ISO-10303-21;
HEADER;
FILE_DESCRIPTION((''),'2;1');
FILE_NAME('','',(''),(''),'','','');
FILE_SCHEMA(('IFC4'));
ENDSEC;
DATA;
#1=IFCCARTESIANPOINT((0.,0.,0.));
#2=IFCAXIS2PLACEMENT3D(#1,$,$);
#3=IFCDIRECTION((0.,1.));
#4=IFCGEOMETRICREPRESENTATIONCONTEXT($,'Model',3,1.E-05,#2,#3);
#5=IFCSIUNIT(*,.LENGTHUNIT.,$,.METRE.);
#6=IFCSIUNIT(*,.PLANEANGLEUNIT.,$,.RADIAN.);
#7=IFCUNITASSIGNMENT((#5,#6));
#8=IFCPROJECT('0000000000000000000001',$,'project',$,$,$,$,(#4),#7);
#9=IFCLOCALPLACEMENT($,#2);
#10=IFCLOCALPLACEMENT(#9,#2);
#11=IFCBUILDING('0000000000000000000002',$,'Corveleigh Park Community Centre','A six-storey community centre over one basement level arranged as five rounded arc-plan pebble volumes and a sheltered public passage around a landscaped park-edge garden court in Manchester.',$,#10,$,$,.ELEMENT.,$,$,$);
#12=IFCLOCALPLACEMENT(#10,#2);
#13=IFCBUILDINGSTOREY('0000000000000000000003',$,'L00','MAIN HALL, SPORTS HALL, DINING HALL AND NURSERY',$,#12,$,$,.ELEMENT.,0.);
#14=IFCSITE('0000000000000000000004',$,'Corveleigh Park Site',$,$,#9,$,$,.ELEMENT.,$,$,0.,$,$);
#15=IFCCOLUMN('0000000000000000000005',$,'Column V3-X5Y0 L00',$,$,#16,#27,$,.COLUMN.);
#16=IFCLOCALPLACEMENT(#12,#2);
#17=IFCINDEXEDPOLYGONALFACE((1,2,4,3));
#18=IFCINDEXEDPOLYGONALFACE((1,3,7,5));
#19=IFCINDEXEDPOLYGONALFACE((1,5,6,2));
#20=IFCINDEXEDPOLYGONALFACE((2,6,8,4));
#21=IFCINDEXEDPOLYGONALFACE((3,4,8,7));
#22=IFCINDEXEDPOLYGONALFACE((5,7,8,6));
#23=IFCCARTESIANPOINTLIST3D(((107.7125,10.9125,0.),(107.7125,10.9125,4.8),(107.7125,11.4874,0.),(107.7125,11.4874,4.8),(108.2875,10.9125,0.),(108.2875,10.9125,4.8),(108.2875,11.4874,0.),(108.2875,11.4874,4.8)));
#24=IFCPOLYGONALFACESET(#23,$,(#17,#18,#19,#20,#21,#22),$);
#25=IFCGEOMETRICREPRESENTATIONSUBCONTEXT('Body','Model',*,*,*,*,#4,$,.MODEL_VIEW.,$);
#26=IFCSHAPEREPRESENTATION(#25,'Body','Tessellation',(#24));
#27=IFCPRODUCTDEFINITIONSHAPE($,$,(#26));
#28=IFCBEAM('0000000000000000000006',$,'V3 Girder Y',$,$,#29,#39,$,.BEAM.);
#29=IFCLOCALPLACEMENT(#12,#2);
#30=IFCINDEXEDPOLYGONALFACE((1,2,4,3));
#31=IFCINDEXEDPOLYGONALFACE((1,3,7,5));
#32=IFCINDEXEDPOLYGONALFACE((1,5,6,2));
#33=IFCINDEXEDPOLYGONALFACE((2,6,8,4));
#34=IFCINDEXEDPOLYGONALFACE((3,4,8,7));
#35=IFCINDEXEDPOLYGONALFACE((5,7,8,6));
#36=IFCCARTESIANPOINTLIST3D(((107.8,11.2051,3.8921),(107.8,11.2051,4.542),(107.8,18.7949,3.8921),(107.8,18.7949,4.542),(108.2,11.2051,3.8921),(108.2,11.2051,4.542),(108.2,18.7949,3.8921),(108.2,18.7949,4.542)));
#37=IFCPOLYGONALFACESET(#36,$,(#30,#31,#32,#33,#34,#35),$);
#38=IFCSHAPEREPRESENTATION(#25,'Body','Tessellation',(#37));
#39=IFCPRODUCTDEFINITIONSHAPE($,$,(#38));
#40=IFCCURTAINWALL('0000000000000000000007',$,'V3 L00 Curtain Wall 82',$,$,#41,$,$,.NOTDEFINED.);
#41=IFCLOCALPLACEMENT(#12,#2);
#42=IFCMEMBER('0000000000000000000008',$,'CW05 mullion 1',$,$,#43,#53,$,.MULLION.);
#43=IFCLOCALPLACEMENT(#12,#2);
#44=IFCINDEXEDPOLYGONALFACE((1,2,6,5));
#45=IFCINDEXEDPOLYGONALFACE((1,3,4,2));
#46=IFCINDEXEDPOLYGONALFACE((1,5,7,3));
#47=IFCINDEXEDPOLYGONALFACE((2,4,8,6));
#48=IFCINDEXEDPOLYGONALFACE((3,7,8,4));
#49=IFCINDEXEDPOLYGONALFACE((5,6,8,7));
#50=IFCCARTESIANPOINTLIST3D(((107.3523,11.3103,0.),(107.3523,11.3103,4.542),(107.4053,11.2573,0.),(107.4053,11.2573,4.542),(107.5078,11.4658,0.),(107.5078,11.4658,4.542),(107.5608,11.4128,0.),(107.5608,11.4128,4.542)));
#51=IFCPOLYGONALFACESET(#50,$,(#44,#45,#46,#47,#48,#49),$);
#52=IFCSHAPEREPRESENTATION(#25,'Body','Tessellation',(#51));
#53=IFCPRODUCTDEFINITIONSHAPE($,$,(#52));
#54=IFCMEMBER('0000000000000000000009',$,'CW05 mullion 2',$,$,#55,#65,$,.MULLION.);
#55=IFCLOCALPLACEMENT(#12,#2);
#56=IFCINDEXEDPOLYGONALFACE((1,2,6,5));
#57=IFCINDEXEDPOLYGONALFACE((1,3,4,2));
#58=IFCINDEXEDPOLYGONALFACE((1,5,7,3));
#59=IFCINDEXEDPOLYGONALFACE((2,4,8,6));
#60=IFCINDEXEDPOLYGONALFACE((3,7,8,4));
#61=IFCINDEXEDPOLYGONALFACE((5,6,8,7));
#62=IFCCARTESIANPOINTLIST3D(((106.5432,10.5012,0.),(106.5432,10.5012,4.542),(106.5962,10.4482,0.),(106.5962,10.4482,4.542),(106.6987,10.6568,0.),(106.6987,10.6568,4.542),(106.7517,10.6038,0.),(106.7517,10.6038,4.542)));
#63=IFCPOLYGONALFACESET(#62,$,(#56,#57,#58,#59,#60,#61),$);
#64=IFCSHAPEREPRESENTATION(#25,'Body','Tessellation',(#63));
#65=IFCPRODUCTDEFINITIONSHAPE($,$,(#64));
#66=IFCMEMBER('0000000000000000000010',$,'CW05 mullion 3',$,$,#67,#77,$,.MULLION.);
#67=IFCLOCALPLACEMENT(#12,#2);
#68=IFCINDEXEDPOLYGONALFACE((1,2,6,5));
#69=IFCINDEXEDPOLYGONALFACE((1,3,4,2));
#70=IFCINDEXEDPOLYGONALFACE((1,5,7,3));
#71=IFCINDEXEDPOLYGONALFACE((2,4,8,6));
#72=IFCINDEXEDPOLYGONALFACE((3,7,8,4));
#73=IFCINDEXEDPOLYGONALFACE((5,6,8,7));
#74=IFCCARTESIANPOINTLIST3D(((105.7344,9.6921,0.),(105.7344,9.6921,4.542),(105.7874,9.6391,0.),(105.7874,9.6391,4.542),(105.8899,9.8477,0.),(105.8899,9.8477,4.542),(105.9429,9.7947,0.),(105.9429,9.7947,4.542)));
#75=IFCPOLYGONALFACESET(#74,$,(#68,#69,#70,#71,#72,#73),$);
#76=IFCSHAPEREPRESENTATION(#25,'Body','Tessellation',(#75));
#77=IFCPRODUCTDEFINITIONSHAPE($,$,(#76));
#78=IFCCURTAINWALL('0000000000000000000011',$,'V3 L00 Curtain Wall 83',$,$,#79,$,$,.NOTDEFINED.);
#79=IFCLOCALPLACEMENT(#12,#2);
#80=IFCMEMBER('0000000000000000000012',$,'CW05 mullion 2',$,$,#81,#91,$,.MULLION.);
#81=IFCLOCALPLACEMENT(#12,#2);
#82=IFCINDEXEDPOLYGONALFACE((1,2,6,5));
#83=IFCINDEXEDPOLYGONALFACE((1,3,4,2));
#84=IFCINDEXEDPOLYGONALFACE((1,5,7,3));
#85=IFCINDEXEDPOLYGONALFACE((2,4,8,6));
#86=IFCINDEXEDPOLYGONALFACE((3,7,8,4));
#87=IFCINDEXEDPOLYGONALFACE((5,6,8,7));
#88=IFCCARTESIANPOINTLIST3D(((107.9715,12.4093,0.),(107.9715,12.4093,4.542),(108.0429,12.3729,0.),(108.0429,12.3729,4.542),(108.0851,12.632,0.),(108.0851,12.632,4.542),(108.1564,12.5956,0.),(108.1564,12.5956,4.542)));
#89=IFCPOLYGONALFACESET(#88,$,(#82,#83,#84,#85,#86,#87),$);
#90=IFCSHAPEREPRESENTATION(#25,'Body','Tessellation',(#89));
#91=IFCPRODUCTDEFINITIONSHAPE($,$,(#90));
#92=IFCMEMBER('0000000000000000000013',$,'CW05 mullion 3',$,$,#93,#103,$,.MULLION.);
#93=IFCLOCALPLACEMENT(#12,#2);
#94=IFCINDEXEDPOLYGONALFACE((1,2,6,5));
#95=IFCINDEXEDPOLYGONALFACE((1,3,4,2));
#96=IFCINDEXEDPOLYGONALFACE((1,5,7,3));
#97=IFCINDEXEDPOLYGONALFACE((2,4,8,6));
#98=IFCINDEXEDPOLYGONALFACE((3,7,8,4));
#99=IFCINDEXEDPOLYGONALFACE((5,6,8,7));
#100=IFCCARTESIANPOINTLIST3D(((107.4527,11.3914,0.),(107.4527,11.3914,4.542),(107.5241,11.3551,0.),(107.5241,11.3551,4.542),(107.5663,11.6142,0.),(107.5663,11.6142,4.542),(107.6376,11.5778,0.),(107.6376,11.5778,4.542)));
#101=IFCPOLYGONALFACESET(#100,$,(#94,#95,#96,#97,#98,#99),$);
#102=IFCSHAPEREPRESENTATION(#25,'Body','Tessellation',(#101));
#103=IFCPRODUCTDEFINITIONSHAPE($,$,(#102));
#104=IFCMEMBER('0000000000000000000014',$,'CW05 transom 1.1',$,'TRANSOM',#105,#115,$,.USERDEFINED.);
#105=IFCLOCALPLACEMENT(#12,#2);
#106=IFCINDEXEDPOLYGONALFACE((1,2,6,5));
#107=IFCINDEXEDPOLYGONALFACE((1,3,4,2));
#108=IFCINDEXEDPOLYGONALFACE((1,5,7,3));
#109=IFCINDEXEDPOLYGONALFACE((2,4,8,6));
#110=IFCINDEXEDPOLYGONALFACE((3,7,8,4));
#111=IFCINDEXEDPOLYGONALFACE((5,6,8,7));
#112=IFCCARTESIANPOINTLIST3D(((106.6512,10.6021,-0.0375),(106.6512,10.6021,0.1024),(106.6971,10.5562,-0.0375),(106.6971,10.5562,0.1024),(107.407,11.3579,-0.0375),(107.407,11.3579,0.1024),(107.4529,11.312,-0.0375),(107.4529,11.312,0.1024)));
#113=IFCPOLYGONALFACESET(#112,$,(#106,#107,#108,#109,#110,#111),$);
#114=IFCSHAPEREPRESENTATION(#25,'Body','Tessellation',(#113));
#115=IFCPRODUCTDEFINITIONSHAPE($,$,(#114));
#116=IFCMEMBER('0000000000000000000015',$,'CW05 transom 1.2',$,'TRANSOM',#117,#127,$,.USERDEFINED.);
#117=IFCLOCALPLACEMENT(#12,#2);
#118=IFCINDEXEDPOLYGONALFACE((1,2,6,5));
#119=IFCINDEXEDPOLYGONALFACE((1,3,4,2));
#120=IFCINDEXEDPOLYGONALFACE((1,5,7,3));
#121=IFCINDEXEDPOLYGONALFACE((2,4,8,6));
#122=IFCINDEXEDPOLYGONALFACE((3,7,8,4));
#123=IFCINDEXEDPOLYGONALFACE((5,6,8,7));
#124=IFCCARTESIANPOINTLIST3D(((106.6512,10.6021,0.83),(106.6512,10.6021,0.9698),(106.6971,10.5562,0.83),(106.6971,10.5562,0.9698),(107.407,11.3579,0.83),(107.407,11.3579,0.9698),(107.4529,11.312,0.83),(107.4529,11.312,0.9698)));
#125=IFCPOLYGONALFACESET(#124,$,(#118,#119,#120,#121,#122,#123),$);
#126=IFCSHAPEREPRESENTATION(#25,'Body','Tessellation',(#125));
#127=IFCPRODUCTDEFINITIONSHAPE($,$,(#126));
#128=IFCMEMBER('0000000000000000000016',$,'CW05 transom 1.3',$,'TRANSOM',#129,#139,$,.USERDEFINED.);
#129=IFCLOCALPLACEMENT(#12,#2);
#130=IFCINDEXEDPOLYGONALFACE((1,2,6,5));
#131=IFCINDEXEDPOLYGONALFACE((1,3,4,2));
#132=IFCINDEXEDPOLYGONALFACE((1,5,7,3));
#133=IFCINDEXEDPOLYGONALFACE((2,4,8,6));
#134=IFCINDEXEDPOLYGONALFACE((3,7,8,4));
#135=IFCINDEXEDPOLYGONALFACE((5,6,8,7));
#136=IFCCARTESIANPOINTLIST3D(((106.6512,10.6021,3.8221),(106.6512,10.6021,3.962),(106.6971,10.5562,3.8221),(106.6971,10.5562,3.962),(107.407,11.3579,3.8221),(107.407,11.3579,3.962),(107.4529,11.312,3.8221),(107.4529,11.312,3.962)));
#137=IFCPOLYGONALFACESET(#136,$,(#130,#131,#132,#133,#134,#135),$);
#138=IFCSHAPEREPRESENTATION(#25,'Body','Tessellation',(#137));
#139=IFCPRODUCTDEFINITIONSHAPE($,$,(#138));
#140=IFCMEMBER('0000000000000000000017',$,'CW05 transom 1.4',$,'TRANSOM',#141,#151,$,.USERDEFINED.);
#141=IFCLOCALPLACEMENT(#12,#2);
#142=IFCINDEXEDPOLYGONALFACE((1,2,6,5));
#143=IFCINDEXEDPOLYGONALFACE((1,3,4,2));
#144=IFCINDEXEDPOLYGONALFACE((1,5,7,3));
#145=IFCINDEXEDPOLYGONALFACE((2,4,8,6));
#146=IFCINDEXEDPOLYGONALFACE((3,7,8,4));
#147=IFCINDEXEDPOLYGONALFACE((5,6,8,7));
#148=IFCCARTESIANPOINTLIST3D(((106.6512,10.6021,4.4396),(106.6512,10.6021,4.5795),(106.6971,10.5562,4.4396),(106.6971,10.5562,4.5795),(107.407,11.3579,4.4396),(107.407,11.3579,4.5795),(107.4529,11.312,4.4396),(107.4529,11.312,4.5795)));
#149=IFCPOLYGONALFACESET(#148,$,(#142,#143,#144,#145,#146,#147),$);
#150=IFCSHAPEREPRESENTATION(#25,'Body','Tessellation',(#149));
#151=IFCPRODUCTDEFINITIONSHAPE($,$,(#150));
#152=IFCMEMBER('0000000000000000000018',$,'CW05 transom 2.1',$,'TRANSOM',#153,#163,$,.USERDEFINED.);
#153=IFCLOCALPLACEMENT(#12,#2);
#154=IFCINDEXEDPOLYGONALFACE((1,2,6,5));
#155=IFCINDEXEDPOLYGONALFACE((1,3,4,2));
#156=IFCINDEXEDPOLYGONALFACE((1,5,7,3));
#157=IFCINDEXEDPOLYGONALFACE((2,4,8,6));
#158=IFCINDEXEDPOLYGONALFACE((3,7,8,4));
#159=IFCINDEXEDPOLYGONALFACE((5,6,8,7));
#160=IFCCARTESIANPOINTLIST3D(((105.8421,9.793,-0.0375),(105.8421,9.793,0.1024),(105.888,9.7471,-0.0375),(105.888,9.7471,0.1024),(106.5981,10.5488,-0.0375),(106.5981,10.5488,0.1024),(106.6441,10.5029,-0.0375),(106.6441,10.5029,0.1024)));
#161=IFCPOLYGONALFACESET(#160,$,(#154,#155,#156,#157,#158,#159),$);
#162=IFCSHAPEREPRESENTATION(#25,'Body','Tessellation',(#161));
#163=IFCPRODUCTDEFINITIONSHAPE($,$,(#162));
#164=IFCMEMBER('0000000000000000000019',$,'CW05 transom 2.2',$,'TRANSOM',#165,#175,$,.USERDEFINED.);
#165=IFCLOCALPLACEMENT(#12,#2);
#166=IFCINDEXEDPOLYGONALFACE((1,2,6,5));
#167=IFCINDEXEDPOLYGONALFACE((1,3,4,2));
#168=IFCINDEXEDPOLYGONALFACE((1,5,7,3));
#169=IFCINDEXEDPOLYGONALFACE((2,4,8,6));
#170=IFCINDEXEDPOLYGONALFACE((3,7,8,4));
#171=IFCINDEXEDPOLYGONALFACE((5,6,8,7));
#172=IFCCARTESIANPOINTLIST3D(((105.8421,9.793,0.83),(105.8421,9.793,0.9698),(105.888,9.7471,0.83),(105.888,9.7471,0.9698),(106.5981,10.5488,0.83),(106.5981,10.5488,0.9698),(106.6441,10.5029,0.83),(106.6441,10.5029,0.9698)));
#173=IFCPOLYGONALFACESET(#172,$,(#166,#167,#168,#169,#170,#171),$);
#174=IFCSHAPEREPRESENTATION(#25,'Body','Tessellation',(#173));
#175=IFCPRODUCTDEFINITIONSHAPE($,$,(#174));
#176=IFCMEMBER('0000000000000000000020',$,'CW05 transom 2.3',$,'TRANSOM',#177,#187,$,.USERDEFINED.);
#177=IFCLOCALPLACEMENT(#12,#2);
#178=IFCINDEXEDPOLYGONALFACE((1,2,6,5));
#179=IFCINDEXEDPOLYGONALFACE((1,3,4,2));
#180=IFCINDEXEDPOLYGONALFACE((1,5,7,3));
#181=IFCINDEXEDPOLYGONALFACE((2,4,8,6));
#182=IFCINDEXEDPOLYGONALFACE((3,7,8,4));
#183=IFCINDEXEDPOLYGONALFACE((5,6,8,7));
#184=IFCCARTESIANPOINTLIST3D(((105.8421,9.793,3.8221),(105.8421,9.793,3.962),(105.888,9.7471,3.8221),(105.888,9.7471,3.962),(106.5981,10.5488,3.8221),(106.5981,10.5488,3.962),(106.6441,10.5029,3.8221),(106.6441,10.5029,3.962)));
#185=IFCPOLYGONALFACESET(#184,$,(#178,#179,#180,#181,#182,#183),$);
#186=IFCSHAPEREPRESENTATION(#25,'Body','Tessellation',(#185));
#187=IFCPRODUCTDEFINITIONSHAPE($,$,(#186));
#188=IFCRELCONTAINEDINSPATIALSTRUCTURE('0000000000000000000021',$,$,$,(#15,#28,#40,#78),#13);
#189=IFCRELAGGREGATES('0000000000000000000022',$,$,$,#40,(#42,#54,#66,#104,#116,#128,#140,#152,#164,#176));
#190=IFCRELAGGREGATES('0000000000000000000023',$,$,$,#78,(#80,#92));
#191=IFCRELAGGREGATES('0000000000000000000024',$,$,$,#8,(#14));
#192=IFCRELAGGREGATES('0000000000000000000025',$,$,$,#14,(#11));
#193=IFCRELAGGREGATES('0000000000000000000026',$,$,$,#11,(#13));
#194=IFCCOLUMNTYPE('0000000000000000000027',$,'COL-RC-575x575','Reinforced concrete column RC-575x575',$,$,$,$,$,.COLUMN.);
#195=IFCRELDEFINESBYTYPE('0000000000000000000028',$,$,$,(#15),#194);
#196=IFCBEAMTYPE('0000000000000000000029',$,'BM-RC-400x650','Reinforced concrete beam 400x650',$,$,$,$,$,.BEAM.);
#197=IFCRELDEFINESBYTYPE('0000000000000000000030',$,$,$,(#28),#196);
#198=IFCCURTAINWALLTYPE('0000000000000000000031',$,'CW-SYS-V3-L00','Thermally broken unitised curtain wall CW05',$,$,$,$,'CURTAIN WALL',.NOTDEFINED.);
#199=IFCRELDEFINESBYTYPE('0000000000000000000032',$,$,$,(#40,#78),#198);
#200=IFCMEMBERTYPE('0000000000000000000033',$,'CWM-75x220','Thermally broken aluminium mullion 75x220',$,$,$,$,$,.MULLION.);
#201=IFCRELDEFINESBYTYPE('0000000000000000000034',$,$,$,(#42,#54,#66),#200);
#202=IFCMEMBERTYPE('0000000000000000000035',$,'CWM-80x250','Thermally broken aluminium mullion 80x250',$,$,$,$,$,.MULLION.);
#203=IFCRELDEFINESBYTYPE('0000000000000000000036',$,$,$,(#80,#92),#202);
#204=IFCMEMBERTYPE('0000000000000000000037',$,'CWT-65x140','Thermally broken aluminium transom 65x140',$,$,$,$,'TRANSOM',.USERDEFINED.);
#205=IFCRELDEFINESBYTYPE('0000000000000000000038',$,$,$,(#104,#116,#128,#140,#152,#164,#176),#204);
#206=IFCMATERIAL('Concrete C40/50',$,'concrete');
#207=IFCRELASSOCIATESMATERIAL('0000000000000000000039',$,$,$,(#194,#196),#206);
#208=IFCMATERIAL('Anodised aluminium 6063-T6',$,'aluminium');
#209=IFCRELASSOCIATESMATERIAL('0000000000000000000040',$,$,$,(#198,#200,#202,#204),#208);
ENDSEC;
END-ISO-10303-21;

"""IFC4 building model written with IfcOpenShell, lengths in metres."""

from ifc_helpers import new_model, si_unit, direction, frame, origin, origin_2d, place, context, subcontext, project, spatial, rectangle, extrude, material, material_profile, profile_set, type_object, element, aggregate, save


model = new_model("IFC4")

# Units and contexts
model_context = context("Model", 3, precision=1e-05, world=origin(), true_north=direction((0.0, 1.0)))
body_context = subcontext(model_context, "Body", "Model", "MODEL_VIEW")
ifc_project = project(units=[si_unit("LENGTHUNIT", "METRE"), si_unit("PLANEANGLEUNIT", "RADIAN")], contexts=[model_context])

# Site, building, storey
site_placement = place(None, origin())
site = spatial("IfcSite", under=ifc_project, at=site_placement, Name="Corveleigh Park Site", CompositionType="ELEMENT", RefElevation=0.0)
building_placement = place(site_placement, origin())
building = spatial("IfcBuilding", under=site, at=building_placement, Name="Corveleigh Park Community Centre", Description="A six-storey community centre over one basement level arranged as five rounded arc-plan pebble volumes and a sheltered public passage around a landscaped park-edge garden court in Manchester.", CompositionType="ELEMENT")
storey_placement = place(building_placement, origin())
storey = spatial("IfcBuildingStorey", under=building, at=storey_placement, Name="L00", Description="MAIN HALL, SPORTS HALL, DINING HALL AND NURSERY", CompositionType="ELEMENT", Elevation=0.0)

# Column
ifc_material_1 = material(Name="Concrete C40/50", Category="concrete")
ifc_material_profile_1 = material_profile(ifc_material_1, rectangle(XDim=0.575, YDim=0.575, at=origin_2d()), Name="RC-575x575", Category="concrete")
ifc_profile_set_1 = profile_set([ifc_material_profile_1], Name="Concrete C40/50")
column_type = type_object("IfcColumnType", Name="COL-RC-575x575", Description="Reinforced concrete column RC-575x575", PredefinedType="COLUMN", material=ifc_profile_set_1)
column_placement = place(storey_placement, frame((108.0, 11.2, 0.0), z_axis=(0.0, 0.0, 1.0), x_axis=(1.0, 0.0, 0.0)))
element("IfcColumn", 1, at=column_placement, inside=storey, type_object=column_type, Name="Column V3-X5Y0 L00", PredefinedType="COLUMN", context=body_context, shape_type="SweptSolid", body=[
    extrude(rectangle(XDim=0.575, YDim=0.575, at=origin_2d()), origin(), (0.0, 0.0, 1.0), 4.8),
])

# Beam
ifc_material_profile_2 = material_profile(ifc_material_1, rectangle(XDim=0.3999, YDim=0.6499, at=origin_2d()), Name="RC-400x650", Category="concrete")
ifc_profile_set_2 = profile_set([ifc_material_profile_2], Name="Concrete C40/50")
beam_type = type_object("IfcBeamType", Name="BM-RC-400x650", Description="Reinforced concrete beam 400x650", PredefinedType="BEAM", material=ifc_profile_set_2)
beam_placement = place(storey_placement, frame((108.0, 11.2051, 4.217), z_axis=(0.0, 1.0, 0.0), x_axis=(-1.0, 0.0, 0.0)))
element("IfcBeam", 2, at=beam_placement, inside=storey, type_object=beam_type, Name="V3 Girder Y", PredefinedType="BEAM", context=body_context, shape_type="SweptSolid", body=[
    extrude(rectangle(XDim=0.3999, YDim=0.6499, at=origin_2d()), origin(), (0.0, 0.0, 1.0), 7.5898),
])

# Curtain walls, members
ifc_material_2 = material(Name="Anodised aluminium 6063-T6", Category="aluminium")
curtain_wall_type = type_object("IfcCurtainWallType", Name="CW-SYS-V3-L00", Description="Thermally broken unitised curtain wall CW05", ElementType="CURTAIN WALL", PredefinedType="NOTDEFINED", material=ifc_material_2)
curtain_wall_1_placement = place(storey_placement, origin())
curtain_wall_1 = element("IfcCurtainWall", 3, at=curtain_wall_1_placement, inside=storey, type_object=curtain_wall_type, Name="V3 L00 Curtain Wall 82", PredefinedType="NOTDEFINED")
ifc_material_profile_3 = material_profile(ifc_material_2, rectangle(XDim=0.075, YDim=0.22, at=origin_2d()), Name="ALU-M75x220", Category="aluminium")
ifc_profile_set_3 = profile_set([ifc_material_profile_3], Name="Anodised aluminium 6063-T6")
member_type_1 = type_object("IfcMemberType", Name="CWM-75x220", Description="Thermally broken aluminium mullion 75x220", PredefinedType="MULLION", material=ifc_profile_set_3)
member_1_placement = place(storey_placement, frame((107.4565, 11.3616, 0.0), z_axis=(0.0, 0.0, 1.0), x_axis=(0.707107, -0.707107, 0.0)))
member_1 = element("IfcMember", 4, at=member_1_placement, type_object=member_type_1, Name="CW05 mullion 1", PredefinedType="MULLION", context=body_context, shape_type="SweptSolid", body=[
    extrude(rectangle(XDim=0.075, YDim=0.22, at=origin_2d()), origin(), (0.0, 0.0, 1.0), 4.542),
])
member_2_placement = place(storey_placement, frame((106.6475, 10.5525, 0.0), z_axis=(0.0, 0.0, 1.0), x_axis=(0.707107, -0.707107, 0.0)))
member_2 = element("IfcMember", 5, at=member_2_placement, type_object=member_type_1, Name="CW05 mullion 2", PredefinedType="MULLION", context=body_context, shape_type="SweptSolid", body=[
    extrude(rectangle(XDim=0.075, YDim=0.22, at=origin_2d()), origin(), (0.0, 0.0, 1.0), 4.542),
])
member_3_placement = place(storey_placement, frame((105.8386, 9.7434, 0.0), z_axis=(0.0, 0.0, 1.0), x_axis=(0.707107, -0.707107, 0.0)))
member_3 = element("IfcMember", 6, at=member_3_placement, type_object=member_type_1, Name="CW05 mullion 3", PredefinedType="MULLION", context=body_context, shape_type="SweptSolid", body=[
    extrude(rectangle(XDim=0.075, YDim=0.22, at=origin_2d()), origin(), (0.0, 0.0, 1.0), 4.542),
])
curtain_wall_2_placement = place(storey_placement, origin())
curtain_wall_2 = element("IfcCurtainWall", 7, at=curtain_wall_2_placement, inside=storey, type_object=curtain_wall_type, Name="V3 L00 Curtain Wall 83", PredefinedType="NOTDEFINED")
ifc_material_profile_4 = material_profile(ifc_material_2, rectangle(XDim=0.0801, YDim=0.25, at=origin_2d()), Name="ALU-M80x250", Category="aluminium")
ifc_profile_set_4 = profile_set([ifc_material_profile_4], Name="Anodised aluminium 6063-T6")
member_type_2 = type_object("IfcMemberType", Name="CWM-80x250", Description="Thermally broken aluminium mullion 80x250", PredefinedType="MULLION", material=ifc_profile_set_4)
member_4_placement = place(storey_placement, frame((108.064, 12.5024, 0.0), z_axis=(0.0, 0.0, 1.0), x_axis=(0.890933, -0.454135, 0.0)))
member_4 = element("IfcMember", 8, at=member_4_placement, type_object=member_type_2, Name="CW05 mullion 2", PredefinedType="MULLION", context=body_context, shape_type="SweptSolid", body=[
    extrude(rectangle(XDim=0.0801, YDim=0.25, at=origin_2d()), origin(), (0.0, 0.0, 1.0), 4.542),
])
member_5_placement = place(storey_placement, frame((107.5452, 11.4846, 0.0), z_axis=(0.0, 0.0, 1.0), x_axis=(0.890933, -0.454135, 0.0)))
member_5 = element("IfcMember", 9, at=member_5_placement, type_object=member_type_2, Name="CW05 mullion 3", PredefinedType="MULLION", context=body_context, shape_type="SweptSolid", body=[
    extrude(rectangle(XDim=0.0801, YDim=0.25, at=origin_2d()), origin(), (0.0, 0.0, 1.0), 4.542),
])

# Members
ifc_material_profile_5 = material_profile(ifc_material_2, rectangle(XDim=0.0649, YDim=0.1399, at=origin_2d()), Name="ALU-T65x140", Category="aluminium")
ifc_profile_set_5 = profile_set([ifc_material_profile_5], Name="Anodised aluminium 6063-T6")
member_type_3 = type_object("IfcMemberType", Name="CWT-65x140", Description="Thermally broken aluminium transom 65x140", ElementType="TRANSOM", PredefinedType="USERDEFINED", material=ifc_profile_set_5)
member_6_placement = place(storey_placement, frame((107.4299, 11.335, 0.0325), z_axis=(-0.707107, -0.707107, 0.0), x_axis=(0.707107, -0.707107, 0.0)))
member_6 = element("IfcMember", 10, at=member_6_placement, type_object=member_type_3, Name="CW05 transom 1.1", ObjectType="TRANSOM", PredefinedType="USERDEFINED", context=body_context, shape_type="SweptSolid", body=[
    extrude(rectangle(XDim=0.0649, YDim=0.1399, at=origin_2d()), origin(), (0.0, 0.0, 1.0), 1.0688),
])
member_7_placement = place(storey_placement, frame((107.4299, 11.335, 0.8999), z_axis=(-0.707107, -0.707107, 0.0), x_axis=(0.707107, -0.707107, 0.0)))
member_7 = element("IfcMember", 11, at=member_7_placement, type_object=member_type_3, Name="CW05 transom 1.2", ObjectType="TRANSOM", PredefinedType="USERDEFINED", context=body_context, shape_type="SweptSolid", body=[
    extrude(rectangle(XDim=0.0649, YDim=0.1399, at=origin_2d()), origin(), (0.0, 0.0, 1.0), 1.0688),
])
member_8_placement = place(storey_placement, frame((107.4299, 11.335, 3.8921), z_axis=(-0.707107, -0.707107, 0.0), x_axis=(0.707107, -0.707107, 0.0)))
member_8 = element("IfcMember", 12, at=member_8_placement, type_object=member_type_3, Name="CW05 transom 1.3", ObjectType="TRANSOM", PredefinedType="USERDEFINED", context=body_context, shape_type="SweptSolid", body=[
    extrude(rectangle(XDim=0.0649, YDim=0.1399, at=origin_2d()), origin(), (0.0, 0.0, 1.0), 1.0688),
])
member_9_placement = place(storey_placement, frame((107.4299, 11.335, 4.5095), z_axis=(-0.707107, -0.707107, 0.0), x_axis=(0.707107, -0.707107, 0.0)))
member_9 = element("IfcMember", 13, at=member_9_placement, type_object=member_type_3, Name="CW05 transom 1.4", ObjectType="TRANSOM", PredefinedType="USERDEFINED", context=body_context, shape_type="SweptSolid", body=[
    extrude(rectangle(XDim=0.0649, YDim=0.1399, at=origin_2d()), origin(), (0.0, 0.0, 1.0), 1.0688),
])
member_10_placement = place(storey_placement, frame((106.6211, 10.5259, 0.0325), z_axis=(-0.707221, -0.706993, 0.0), x_axis=(0.706993, -0.707221, 0.0)))
member_10 = element("IfcMember", 14, at=member_10_placement, type_object=member_type_3, Name="CW05 transom 2.1", ObjectType="TRANSOM", PredefinedType="USERDEFINED", context=body_context, shape_type="SweptSolid", body=[
    extrude(rectangle(XDim=0.0649, YDim=0.1399, at=origin_2d()), origin(), (0.0, 0.0, 1.0), 1.0691),
])
member_11_placement = place(storey_placement, frame((106.6211, 10.5259, 0.8999), z_axis=(-0.707221, -0.706993, 0.0), x_axis=(0.706993, -0.707221, 0.0)))
member_11 = element("IfcMember", 15, at=member_11_placement, type_object=member_type_3, Name="CW05 transom 2.2", ObjectType="TRANSOM", PredefinedType="USERDEFINED", context=body_context, shape_type="SweptSolid", body=[
    extrude(rectangle(XDim=0.0649, YDim=0.1399, at=origin_2d()), origin(), (0.0, 0.0, 1.0), 1.0691),
])
member_12_placement = place(storey_placement, frame((106.6211, 10.5259, 3.8921), z_axis=(-0.707221, -0.706993, 0.0), x_axis=(0.706993, -0.707221, 0.0)))
member_12 = element("IfcMember", 16, at=member_12_placement, type_object=member_type_3, Name="CW05 transom 2.3", ObjectType="TRANSOM", PredefinedType="USERDEFINED", context=body_context, shape_type="SweptSolid", body=[
    extrude(rectangle(XDim=0.0649, YDim=0.1399, at=origin_2d()), origin(), (0.0, 0.0, 1.0), 1.0691),
])

aggregate(curtain_wall_1, [member_1, member_2, member_3, member_6, member_7, member_8, member_9, member_10, member_11, member_12])
aggregate(curtain_wall_2, [member_4, member_5])

save(model, "model.ifc")
